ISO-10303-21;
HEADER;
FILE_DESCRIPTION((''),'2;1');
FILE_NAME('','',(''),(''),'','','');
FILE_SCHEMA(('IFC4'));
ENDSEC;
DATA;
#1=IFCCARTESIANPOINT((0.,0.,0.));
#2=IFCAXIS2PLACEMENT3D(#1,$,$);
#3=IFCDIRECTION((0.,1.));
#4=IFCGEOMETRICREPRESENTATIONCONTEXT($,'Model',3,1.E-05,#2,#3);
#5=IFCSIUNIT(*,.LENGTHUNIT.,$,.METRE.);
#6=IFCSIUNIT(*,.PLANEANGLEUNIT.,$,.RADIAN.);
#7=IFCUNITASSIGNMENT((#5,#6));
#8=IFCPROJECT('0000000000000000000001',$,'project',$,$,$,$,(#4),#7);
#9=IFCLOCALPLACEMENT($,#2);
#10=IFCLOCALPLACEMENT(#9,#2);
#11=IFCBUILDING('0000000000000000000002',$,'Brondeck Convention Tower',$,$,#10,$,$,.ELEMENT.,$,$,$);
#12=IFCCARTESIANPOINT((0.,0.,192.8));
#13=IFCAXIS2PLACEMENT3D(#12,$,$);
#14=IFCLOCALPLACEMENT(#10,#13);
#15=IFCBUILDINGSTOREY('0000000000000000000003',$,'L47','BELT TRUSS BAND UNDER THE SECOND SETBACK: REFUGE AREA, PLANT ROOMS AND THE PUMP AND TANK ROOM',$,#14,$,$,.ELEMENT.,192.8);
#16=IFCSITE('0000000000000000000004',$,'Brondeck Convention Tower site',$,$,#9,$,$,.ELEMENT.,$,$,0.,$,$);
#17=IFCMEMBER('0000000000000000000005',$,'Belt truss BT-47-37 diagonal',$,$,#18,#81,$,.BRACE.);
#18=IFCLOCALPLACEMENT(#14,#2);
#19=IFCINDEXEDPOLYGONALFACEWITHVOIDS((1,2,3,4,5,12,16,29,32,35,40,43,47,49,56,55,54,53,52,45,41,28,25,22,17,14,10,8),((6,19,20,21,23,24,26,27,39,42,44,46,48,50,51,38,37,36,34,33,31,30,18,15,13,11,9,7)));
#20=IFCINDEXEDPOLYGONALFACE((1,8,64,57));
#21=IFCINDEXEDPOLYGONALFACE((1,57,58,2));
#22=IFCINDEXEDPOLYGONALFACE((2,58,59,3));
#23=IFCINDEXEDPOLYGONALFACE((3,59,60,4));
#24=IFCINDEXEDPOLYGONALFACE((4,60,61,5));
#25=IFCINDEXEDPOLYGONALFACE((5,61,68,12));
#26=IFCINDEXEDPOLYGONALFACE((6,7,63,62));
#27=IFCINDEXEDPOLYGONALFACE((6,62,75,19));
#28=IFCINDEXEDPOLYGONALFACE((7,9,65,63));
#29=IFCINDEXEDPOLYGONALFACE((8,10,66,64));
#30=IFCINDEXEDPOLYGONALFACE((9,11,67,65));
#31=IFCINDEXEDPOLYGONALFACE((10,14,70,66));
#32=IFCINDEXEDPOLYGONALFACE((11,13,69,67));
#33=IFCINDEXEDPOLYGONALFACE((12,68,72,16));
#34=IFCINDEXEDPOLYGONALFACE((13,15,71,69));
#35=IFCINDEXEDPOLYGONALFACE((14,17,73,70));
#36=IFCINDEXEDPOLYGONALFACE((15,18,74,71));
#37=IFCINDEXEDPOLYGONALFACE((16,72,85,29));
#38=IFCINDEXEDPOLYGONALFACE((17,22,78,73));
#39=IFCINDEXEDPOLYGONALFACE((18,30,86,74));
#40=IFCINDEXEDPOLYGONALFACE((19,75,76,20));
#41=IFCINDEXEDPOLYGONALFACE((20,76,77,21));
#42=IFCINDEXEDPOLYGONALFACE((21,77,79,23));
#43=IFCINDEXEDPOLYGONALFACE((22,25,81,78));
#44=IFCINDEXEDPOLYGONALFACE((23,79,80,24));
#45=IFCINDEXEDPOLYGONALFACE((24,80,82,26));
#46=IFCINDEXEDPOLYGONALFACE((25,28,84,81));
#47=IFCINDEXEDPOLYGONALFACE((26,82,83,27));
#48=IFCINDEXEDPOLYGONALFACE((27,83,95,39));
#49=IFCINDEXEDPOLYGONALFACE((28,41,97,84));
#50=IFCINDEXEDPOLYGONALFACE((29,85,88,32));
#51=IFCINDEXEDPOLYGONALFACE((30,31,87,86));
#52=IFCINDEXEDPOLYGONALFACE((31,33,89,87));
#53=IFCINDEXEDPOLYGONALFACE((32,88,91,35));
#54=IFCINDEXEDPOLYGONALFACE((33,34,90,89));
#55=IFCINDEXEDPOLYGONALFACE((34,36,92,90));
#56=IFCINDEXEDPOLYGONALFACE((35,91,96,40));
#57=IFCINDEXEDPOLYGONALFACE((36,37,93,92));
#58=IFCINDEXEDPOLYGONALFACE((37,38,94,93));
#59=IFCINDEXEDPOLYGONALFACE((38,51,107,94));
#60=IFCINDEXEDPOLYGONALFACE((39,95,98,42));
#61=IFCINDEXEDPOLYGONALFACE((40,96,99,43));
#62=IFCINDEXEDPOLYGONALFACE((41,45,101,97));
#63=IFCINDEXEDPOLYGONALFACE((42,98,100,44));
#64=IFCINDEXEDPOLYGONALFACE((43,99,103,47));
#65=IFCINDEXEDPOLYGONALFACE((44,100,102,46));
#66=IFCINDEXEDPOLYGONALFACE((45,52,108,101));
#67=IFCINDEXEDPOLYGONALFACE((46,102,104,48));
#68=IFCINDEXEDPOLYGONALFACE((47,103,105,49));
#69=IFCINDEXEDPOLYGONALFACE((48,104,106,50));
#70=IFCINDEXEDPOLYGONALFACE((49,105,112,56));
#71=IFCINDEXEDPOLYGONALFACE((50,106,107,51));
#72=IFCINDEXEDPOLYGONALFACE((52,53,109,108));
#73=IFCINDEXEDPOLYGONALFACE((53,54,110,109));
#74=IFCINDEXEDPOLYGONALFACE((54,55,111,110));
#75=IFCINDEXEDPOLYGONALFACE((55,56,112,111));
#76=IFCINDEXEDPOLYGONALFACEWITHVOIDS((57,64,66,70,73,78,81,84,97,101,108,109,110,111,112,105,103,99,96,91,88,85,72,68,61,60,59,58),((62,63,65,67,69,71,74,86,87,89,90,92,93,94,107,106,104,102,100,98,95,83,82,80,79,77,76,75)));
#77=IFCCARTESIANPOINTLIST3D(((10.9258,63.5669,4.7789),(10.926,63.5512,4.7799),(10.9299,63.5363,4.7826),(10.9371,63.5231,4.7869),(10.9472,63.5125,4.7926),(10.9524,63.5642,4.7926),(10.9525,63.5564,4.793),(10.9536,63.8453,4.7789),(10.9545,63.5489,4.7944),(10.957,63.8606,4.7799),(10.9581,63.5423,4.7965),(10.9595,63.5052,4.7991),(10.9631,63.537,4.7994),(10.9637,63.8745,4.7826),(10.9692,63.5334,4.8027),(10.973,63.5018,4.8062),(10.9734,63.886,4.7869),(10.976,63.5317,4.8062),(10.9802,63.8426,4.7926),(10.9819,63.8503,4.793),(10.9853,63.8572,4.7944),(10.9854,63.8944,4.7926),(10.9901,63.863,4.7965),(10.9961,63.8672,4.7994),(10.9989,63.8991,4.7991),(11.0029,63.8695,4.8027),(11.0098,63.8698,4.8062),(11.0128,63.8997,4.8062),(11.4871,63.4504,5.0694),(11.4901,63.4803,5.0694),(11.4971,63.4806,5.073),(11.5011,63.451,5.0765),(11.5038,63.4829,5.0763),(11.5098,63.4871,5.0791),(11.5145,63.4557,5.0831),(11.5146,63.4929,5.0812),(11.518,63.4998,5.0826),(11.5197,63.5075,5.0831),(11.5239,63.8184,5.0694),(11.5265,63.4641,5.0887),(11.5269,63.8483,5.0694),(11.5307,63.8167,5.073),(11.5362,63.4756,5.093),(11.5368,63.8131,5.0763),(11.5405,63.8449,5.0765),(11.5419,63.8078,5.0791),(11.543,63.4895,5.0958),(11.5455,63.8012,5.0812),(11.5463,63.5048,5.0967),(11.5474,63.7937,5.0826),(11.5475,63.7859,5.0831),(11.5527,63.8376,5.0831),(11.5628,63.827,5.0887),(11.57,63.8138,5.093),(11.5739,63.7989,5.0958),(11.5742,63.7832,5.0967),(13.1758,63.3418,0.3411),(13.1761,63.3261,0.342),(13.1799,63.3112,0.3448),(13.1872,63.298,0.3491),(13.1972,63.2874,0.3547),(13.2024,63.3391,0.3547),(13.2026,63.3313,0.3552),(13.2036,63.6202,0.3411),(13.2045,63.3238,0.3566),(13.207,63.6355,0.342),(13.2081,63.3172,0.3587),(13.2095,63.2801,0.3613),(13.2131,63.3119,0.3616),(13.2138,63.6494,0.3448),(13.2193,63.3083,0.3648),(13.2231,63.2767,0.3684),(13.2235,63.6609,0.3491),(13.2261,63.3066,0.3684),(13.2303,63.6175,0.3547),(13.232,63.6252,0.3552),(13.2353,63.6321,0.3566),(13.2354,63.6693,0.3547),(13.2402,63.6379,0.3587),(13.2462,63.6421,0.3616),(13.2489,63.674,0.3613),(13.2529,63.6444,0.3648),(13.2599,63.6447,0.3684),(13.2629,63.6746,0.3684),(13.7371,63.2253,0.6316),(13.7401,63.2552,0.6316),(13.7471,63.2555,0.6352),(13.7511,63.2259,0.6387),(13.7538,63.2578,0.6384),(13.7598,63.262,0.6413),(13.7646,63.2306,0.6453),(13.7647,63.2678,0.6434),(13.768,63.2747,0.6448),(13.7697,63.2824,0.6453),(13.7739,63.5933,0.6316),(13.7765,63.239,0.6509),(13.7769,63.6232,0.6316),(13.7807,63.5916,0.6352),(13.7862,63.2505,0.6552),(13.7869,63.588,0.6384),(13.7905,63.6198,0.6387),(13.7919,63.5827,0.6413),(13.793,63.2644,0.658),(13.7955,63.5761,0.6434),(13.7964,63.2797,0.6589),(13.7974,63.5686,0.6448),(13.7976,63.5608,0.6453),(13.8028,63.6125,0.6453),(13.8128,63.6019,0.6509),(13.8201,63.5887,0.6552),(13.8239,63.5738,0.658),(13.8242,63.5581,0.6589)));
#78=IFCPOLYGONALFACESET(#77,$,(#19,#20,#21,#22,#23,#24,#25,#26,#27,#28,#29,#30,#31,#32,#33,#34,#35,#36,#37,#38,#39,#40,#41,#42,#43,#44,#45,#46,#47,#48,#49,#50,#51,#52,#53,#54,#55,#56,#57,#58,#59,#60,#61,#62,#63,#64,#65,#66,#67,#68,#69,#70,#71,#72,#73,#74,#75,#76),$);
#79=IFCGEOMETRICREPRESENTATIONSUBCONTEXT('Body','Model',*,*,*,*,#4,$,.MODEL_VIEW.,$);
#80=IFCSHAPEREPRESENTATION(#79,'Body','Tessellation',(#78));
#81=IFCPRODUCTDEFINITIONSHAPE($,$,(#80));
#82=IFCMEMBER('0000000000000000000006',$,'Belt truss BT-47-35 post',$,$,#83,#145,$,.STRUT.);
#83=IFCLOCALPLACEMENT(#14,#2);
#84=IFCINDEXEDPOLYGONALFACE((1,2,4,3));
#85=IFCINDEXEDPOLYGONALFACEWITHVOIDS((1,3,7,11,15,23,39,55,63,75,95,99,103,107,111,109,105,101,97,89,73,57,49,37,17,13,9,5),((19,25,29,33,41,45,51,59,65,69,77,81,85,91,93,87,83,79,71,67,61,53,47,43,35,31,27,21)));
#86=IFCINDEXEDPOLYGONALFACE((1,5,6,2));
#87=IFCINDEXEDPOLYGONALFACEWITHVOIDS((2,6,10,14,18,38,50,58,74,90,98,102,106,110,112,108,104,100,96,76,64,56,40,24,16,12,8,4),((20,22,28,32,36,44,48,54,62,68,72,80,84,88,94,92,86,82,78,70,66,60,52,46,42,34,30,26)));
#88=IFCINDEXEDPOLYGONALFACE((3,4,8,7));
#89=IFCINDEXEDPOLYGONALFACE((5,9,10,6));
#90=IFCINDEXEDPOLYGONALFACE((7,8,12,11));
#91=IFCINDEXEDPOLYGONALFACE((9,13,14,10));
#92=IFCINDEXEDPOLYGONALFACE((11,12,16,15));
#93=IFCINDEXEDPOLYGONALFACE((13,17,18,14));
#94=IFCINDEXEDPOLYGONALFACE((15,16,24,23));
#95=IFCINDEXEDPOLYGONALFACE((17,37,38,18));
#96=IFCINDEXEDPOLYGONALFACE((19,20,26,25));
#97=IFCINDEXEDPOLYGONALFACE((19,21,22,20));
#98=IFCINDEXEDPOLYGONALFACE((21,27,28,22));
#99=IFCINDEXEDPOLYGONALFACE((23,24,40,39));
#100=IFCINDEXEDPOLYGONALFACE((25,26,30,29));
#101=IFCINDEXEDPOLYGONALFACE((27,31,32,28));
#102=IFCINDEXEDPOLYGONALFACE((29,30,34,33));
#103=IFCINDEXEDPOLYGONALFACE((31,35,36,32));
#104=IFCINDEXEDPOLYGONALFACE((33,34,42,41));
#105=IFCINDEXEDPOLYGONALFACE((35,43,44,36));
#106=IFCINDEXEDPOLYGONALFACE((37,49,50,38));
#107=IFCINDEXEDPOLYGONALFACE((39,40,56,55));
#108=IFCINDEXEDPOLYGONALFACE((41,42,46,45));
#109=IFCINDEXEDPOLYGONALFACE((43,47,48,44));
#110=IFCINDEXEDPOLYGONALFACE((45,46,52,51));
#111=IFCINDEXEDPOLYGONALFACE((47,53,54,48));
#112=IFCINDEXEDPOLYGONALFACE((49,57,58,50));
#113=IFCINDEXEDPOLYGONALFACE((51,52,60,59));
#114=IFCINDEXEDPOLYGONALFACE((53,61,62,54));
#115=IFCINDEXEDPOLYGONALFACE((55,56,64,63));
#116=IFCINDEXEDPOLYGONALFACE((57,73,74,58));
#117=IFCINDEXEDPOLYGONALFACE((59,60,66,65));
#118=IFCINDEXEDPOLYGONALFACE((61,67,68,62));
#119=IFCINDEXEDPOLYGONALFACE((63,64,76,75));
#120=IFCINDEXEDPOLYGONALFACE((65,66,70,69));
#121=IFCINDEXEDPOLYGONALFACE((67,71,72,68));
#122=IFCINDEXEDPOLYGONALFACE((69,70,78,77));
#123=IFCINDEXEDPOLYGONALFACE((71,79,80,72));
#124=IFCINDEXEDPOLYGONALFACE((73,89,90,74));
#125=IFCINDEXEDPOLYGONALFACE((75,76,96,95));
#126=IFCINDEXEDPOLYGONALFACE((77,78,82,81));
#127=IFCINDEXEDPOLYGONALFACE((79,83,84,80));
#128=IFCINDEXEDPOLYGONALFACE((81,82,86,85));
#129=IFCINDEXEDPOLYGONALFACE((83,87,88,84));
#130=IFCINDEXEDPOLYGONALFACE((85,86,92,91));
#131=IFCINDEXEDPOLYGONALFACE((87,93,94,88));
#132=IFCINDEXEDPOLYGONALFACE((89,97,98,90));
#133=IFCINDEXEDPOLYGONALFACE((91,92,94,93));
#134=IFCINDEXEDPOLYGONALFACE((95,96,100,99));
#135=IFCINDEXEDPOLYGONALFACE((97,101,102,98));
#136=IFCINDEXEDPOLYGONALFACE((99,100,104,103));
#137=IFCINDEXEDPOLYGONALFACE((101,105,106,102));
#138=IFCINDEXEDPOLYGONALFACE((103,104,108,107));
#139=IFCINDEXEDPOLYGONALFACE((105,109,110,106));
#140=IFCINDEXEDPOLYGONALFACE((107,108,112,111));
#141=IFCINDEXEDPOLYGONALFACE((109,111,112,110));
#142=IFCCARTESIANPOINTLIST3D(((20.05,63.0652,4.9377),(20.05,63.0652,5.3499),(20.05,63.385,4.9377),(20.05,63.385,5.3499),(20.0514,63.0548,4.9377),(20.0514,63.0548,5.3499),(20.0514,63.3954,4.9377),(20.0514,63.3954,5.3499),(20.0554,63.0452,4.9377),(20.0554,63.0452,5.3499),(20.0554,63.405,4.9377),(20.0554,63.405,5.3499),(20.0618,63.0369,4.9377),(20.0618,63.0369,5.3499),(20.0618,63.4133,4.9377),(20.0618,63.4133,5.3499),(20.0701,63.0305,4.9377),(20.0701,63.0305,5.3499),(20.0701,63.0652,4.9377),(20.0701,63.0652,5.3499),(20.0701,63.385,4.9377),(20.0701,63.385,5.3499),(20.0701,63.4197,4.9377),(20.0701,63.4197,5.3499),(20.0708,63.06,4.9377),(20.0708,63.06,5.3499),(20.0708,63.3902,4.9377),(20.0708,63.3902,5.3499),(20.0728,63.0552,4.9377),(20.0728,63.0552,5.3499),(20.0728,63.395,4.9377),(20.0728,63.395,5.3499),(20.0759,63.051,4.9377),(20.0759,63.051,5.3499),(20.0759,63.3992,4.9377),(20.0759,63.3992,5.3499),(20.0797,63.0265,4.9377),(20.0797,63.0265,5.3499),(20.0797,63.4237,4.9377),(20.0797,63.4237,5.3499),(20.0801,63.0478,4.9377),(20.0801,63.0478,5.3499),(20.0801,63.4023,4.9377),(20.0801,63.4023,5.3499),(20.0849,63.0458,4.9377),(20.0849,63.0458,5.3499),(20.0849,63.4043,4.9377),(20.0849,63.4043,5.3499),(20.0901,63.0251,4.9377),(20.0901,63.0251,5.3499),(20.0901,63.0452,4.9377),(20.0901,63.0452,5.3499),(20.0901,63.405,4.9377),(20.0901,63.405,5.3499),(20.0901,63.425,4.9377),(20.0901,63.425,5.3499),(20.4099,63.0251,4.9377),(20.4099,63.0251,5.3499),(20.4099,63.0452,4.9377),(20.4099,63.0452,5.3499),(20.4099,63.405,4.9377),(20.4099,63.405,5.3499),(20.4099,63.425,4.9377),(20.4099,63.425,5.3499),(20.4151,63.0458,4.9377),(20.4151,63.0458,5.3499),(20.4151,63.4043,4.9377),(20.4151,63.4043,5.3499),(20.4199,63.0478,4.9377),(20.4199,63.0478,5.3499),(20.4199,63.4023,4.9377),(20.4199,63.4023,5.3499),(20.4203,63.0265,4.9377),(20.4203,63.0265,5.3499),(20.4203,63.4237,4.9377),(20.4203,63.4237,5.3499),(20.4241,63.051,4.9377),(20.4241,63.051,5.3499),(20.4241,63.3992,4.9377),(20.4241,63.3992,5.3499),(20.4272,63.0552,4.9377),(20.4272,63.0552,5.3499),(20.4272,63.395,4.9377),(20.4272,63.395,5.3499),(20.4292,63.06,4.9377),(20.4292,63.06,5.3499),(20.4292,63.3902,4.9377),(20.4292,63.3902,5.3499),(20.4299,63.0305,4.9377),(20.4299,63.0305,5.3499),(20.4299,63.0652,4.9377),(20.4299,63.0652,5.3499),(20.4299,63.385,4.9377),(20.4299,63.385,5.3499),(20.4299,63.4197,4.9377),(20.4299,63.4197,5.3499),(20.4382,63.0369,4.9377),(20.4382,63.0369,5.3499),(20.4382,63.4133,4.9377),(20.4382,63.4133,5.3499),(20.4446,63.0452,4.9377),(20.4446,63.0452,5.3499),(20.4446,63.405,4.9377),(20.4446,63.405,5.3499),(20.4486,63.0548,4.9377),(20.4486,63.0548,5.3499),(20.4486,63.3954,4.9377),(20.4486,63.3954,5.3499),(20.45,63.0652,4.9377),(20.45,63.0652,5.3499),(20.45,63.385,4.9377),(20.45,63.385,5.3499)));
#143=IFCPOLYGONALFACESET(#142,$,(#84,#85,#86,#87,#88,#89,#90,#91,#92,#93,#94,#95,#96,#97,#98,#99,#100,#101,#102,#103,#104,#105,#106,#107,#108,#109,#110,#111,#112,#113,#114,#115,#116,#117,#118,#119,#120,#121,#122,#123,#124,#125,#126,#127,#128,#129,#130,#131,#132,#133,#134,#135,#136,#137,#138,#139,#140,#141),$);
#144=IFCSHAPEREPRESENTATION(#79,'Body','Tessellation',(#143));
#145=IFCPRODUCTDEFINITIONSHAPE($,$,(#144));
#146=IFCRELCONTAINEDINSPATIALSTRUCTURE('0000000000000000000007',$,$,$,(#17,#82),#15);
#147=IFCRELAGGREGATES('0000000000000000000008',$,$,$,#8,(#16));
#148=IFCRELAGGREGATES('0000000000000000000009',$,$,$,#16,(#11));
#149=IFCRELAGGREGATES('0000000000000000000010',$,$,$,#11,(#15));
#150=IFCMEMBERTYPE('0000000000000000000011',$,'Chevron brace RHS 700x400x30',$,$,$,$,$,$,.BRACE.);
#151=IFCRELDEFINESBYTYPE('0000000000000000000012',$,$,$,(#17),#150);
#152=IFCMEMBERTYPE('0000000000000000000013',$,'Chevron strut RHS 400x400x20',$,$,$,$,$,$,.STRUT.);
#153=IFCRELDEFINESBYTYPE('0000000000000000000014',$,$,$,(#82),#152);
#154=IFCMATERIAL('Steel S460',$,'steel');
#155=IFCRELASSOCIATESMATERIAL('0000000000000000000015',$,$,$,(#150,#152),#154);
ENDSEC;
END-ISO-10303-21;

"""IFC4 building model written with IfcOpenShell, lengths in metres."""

from ifc_helpers import new_model, si_unit, direction, frame, origin, origin_2d, place, context, subcontext, project, spatial, hollow_rectangle, extrude, material, material_profile, profile_set, type_object, element, save


model = new_model("IFC4")

# Units and contexts
model_context = context("Model", 3, precision=1e-05, world=origin(), true_north=direction((0.0, 1.0)))
body_context = subcontext(model_context, "Body", "Model", "MODEL_VIEW")
ifc_project = project(units=[si_unit("LENGTHUNIT", "METRE"), si_unit("PLANEANGLEUNIT", "RADIAN")], contexts=[model_context])

# Site, building, storey
site_placement = place(None, origin())
site = spatial("IfcSite", under=ifc_project, at=site_placement, Name="Brondeck Convention Tower site", CompositionType="ELEMENT", RefElevation=0.0)
building_placement = place(site_placement, origin())
building = spatial("IfcBuilding", under=site, at=building_placement, Name="Brondeck Convention Tower", CompositionType="ELEMENT")
storey_placement = place(building_placement, frame((0.0, 0.0, 192.8)))
storey = spatial("IfcBuildingStorey", under=building, at=storey_placement, Name="L47", Description="BELT TRUSS BAND UNDER THE SECOND SETBACK: REFUGE AREA, PLANT ROOMS AND THE PUMP AND TANK ROOM", CompositionType="ELEMENT", Elevation=192.8)

# Members
ifc_material_1 = material(Name="Steel S460", Category="steel")
ifc_material_profile_1 = material_profile(ifc_material_1, hollow_rectangle(XDim=0.3999, YDim=0.7, WallThickness=0.03, InnerFilletRadius=0.03, OuterFilletRadius=0.0601, at=origin_2d()), Name="RHS 700x400x30")
ifc_profile_set_1 = profile_set([ifc_material_profile_1], Name="Steel S460")
member_type_1 = type_object("IfcMemberType", Name="Chevron brace RHS 700x400x30", PredefinedType="BRACE", material=ifc_profile_set_1)
for number, where, z_axis, x_axis, name in (
    (1, (13.5, 63.45, 0.5), (-0.451749, 0.045195, 0.890999), (-0.099546, -0.995033, 0.0), "Belt truss BT-47-37 diagonal"),
):
    element("IfcMember", number, at=place(storey_placement, frame(where, z_axis=z_axis, x_axis=x_axis)), inside=storey, type_object=member_type_1, Name=name, PredefinedType="BRACE", context=body_context, shape_type="SweptSolid", body=[
        extrude(hollow_rectangle(XDim=0.3999, YDim=0.7, WallThickness=0.03, InnerFilletRadius=0.03, OuterFilletRadius=0.0601, at=origin_2d()), origin(), (0.0, 0.0, 1.0), 4.9807),
    ])
ifc_material_profile_2 = material_profile(ifc_material_1, hollow_rectangle(XDim=0.3999, YDim=0.3999, WallThickness=0.02, InnerFilletRadius=0.02, OuterFilletRadius=0.04, at=origin_2d()), Name="RHS 400x400x20")
ifc_profile_set_2 = profile_set([ifc_material_profile_2], Name="Steel S460")
member_type_2 = type_object("IfcMemberType", Name="Chevron strut RHS 400x400x20", PredefinedType="STRUT", material=ifc_profile_set_2)
for number, where, z_axis, x_axis, name in (
    (2, (20.25, 63.2251, 4.9377), (0.0, 0.0, 1.0), (1.0, 0.0, 0.0), "Belt truss BT-47-35 post"),
):
    element("IfcMember", number, at=place(storey_placement, frame(where, z_axis=z_axis, x_axis=x_axis)), inside=storey, type_object=member_type_2, Name=name, PredefinedType="STRUT", context=body_context, shape_type="SweptSolid", body=[
        extrude(hollow_rectangle(XDim=0.3999, YDim=0.3999, WallThickness=0.02, InnerFilletRadius=0.02, OuterFilletRadius=0.04, at=origin_2d()), origin(), (0.0, 0.0, 1.0), 0.4121),
    ])

save(model, "model.ifc")
